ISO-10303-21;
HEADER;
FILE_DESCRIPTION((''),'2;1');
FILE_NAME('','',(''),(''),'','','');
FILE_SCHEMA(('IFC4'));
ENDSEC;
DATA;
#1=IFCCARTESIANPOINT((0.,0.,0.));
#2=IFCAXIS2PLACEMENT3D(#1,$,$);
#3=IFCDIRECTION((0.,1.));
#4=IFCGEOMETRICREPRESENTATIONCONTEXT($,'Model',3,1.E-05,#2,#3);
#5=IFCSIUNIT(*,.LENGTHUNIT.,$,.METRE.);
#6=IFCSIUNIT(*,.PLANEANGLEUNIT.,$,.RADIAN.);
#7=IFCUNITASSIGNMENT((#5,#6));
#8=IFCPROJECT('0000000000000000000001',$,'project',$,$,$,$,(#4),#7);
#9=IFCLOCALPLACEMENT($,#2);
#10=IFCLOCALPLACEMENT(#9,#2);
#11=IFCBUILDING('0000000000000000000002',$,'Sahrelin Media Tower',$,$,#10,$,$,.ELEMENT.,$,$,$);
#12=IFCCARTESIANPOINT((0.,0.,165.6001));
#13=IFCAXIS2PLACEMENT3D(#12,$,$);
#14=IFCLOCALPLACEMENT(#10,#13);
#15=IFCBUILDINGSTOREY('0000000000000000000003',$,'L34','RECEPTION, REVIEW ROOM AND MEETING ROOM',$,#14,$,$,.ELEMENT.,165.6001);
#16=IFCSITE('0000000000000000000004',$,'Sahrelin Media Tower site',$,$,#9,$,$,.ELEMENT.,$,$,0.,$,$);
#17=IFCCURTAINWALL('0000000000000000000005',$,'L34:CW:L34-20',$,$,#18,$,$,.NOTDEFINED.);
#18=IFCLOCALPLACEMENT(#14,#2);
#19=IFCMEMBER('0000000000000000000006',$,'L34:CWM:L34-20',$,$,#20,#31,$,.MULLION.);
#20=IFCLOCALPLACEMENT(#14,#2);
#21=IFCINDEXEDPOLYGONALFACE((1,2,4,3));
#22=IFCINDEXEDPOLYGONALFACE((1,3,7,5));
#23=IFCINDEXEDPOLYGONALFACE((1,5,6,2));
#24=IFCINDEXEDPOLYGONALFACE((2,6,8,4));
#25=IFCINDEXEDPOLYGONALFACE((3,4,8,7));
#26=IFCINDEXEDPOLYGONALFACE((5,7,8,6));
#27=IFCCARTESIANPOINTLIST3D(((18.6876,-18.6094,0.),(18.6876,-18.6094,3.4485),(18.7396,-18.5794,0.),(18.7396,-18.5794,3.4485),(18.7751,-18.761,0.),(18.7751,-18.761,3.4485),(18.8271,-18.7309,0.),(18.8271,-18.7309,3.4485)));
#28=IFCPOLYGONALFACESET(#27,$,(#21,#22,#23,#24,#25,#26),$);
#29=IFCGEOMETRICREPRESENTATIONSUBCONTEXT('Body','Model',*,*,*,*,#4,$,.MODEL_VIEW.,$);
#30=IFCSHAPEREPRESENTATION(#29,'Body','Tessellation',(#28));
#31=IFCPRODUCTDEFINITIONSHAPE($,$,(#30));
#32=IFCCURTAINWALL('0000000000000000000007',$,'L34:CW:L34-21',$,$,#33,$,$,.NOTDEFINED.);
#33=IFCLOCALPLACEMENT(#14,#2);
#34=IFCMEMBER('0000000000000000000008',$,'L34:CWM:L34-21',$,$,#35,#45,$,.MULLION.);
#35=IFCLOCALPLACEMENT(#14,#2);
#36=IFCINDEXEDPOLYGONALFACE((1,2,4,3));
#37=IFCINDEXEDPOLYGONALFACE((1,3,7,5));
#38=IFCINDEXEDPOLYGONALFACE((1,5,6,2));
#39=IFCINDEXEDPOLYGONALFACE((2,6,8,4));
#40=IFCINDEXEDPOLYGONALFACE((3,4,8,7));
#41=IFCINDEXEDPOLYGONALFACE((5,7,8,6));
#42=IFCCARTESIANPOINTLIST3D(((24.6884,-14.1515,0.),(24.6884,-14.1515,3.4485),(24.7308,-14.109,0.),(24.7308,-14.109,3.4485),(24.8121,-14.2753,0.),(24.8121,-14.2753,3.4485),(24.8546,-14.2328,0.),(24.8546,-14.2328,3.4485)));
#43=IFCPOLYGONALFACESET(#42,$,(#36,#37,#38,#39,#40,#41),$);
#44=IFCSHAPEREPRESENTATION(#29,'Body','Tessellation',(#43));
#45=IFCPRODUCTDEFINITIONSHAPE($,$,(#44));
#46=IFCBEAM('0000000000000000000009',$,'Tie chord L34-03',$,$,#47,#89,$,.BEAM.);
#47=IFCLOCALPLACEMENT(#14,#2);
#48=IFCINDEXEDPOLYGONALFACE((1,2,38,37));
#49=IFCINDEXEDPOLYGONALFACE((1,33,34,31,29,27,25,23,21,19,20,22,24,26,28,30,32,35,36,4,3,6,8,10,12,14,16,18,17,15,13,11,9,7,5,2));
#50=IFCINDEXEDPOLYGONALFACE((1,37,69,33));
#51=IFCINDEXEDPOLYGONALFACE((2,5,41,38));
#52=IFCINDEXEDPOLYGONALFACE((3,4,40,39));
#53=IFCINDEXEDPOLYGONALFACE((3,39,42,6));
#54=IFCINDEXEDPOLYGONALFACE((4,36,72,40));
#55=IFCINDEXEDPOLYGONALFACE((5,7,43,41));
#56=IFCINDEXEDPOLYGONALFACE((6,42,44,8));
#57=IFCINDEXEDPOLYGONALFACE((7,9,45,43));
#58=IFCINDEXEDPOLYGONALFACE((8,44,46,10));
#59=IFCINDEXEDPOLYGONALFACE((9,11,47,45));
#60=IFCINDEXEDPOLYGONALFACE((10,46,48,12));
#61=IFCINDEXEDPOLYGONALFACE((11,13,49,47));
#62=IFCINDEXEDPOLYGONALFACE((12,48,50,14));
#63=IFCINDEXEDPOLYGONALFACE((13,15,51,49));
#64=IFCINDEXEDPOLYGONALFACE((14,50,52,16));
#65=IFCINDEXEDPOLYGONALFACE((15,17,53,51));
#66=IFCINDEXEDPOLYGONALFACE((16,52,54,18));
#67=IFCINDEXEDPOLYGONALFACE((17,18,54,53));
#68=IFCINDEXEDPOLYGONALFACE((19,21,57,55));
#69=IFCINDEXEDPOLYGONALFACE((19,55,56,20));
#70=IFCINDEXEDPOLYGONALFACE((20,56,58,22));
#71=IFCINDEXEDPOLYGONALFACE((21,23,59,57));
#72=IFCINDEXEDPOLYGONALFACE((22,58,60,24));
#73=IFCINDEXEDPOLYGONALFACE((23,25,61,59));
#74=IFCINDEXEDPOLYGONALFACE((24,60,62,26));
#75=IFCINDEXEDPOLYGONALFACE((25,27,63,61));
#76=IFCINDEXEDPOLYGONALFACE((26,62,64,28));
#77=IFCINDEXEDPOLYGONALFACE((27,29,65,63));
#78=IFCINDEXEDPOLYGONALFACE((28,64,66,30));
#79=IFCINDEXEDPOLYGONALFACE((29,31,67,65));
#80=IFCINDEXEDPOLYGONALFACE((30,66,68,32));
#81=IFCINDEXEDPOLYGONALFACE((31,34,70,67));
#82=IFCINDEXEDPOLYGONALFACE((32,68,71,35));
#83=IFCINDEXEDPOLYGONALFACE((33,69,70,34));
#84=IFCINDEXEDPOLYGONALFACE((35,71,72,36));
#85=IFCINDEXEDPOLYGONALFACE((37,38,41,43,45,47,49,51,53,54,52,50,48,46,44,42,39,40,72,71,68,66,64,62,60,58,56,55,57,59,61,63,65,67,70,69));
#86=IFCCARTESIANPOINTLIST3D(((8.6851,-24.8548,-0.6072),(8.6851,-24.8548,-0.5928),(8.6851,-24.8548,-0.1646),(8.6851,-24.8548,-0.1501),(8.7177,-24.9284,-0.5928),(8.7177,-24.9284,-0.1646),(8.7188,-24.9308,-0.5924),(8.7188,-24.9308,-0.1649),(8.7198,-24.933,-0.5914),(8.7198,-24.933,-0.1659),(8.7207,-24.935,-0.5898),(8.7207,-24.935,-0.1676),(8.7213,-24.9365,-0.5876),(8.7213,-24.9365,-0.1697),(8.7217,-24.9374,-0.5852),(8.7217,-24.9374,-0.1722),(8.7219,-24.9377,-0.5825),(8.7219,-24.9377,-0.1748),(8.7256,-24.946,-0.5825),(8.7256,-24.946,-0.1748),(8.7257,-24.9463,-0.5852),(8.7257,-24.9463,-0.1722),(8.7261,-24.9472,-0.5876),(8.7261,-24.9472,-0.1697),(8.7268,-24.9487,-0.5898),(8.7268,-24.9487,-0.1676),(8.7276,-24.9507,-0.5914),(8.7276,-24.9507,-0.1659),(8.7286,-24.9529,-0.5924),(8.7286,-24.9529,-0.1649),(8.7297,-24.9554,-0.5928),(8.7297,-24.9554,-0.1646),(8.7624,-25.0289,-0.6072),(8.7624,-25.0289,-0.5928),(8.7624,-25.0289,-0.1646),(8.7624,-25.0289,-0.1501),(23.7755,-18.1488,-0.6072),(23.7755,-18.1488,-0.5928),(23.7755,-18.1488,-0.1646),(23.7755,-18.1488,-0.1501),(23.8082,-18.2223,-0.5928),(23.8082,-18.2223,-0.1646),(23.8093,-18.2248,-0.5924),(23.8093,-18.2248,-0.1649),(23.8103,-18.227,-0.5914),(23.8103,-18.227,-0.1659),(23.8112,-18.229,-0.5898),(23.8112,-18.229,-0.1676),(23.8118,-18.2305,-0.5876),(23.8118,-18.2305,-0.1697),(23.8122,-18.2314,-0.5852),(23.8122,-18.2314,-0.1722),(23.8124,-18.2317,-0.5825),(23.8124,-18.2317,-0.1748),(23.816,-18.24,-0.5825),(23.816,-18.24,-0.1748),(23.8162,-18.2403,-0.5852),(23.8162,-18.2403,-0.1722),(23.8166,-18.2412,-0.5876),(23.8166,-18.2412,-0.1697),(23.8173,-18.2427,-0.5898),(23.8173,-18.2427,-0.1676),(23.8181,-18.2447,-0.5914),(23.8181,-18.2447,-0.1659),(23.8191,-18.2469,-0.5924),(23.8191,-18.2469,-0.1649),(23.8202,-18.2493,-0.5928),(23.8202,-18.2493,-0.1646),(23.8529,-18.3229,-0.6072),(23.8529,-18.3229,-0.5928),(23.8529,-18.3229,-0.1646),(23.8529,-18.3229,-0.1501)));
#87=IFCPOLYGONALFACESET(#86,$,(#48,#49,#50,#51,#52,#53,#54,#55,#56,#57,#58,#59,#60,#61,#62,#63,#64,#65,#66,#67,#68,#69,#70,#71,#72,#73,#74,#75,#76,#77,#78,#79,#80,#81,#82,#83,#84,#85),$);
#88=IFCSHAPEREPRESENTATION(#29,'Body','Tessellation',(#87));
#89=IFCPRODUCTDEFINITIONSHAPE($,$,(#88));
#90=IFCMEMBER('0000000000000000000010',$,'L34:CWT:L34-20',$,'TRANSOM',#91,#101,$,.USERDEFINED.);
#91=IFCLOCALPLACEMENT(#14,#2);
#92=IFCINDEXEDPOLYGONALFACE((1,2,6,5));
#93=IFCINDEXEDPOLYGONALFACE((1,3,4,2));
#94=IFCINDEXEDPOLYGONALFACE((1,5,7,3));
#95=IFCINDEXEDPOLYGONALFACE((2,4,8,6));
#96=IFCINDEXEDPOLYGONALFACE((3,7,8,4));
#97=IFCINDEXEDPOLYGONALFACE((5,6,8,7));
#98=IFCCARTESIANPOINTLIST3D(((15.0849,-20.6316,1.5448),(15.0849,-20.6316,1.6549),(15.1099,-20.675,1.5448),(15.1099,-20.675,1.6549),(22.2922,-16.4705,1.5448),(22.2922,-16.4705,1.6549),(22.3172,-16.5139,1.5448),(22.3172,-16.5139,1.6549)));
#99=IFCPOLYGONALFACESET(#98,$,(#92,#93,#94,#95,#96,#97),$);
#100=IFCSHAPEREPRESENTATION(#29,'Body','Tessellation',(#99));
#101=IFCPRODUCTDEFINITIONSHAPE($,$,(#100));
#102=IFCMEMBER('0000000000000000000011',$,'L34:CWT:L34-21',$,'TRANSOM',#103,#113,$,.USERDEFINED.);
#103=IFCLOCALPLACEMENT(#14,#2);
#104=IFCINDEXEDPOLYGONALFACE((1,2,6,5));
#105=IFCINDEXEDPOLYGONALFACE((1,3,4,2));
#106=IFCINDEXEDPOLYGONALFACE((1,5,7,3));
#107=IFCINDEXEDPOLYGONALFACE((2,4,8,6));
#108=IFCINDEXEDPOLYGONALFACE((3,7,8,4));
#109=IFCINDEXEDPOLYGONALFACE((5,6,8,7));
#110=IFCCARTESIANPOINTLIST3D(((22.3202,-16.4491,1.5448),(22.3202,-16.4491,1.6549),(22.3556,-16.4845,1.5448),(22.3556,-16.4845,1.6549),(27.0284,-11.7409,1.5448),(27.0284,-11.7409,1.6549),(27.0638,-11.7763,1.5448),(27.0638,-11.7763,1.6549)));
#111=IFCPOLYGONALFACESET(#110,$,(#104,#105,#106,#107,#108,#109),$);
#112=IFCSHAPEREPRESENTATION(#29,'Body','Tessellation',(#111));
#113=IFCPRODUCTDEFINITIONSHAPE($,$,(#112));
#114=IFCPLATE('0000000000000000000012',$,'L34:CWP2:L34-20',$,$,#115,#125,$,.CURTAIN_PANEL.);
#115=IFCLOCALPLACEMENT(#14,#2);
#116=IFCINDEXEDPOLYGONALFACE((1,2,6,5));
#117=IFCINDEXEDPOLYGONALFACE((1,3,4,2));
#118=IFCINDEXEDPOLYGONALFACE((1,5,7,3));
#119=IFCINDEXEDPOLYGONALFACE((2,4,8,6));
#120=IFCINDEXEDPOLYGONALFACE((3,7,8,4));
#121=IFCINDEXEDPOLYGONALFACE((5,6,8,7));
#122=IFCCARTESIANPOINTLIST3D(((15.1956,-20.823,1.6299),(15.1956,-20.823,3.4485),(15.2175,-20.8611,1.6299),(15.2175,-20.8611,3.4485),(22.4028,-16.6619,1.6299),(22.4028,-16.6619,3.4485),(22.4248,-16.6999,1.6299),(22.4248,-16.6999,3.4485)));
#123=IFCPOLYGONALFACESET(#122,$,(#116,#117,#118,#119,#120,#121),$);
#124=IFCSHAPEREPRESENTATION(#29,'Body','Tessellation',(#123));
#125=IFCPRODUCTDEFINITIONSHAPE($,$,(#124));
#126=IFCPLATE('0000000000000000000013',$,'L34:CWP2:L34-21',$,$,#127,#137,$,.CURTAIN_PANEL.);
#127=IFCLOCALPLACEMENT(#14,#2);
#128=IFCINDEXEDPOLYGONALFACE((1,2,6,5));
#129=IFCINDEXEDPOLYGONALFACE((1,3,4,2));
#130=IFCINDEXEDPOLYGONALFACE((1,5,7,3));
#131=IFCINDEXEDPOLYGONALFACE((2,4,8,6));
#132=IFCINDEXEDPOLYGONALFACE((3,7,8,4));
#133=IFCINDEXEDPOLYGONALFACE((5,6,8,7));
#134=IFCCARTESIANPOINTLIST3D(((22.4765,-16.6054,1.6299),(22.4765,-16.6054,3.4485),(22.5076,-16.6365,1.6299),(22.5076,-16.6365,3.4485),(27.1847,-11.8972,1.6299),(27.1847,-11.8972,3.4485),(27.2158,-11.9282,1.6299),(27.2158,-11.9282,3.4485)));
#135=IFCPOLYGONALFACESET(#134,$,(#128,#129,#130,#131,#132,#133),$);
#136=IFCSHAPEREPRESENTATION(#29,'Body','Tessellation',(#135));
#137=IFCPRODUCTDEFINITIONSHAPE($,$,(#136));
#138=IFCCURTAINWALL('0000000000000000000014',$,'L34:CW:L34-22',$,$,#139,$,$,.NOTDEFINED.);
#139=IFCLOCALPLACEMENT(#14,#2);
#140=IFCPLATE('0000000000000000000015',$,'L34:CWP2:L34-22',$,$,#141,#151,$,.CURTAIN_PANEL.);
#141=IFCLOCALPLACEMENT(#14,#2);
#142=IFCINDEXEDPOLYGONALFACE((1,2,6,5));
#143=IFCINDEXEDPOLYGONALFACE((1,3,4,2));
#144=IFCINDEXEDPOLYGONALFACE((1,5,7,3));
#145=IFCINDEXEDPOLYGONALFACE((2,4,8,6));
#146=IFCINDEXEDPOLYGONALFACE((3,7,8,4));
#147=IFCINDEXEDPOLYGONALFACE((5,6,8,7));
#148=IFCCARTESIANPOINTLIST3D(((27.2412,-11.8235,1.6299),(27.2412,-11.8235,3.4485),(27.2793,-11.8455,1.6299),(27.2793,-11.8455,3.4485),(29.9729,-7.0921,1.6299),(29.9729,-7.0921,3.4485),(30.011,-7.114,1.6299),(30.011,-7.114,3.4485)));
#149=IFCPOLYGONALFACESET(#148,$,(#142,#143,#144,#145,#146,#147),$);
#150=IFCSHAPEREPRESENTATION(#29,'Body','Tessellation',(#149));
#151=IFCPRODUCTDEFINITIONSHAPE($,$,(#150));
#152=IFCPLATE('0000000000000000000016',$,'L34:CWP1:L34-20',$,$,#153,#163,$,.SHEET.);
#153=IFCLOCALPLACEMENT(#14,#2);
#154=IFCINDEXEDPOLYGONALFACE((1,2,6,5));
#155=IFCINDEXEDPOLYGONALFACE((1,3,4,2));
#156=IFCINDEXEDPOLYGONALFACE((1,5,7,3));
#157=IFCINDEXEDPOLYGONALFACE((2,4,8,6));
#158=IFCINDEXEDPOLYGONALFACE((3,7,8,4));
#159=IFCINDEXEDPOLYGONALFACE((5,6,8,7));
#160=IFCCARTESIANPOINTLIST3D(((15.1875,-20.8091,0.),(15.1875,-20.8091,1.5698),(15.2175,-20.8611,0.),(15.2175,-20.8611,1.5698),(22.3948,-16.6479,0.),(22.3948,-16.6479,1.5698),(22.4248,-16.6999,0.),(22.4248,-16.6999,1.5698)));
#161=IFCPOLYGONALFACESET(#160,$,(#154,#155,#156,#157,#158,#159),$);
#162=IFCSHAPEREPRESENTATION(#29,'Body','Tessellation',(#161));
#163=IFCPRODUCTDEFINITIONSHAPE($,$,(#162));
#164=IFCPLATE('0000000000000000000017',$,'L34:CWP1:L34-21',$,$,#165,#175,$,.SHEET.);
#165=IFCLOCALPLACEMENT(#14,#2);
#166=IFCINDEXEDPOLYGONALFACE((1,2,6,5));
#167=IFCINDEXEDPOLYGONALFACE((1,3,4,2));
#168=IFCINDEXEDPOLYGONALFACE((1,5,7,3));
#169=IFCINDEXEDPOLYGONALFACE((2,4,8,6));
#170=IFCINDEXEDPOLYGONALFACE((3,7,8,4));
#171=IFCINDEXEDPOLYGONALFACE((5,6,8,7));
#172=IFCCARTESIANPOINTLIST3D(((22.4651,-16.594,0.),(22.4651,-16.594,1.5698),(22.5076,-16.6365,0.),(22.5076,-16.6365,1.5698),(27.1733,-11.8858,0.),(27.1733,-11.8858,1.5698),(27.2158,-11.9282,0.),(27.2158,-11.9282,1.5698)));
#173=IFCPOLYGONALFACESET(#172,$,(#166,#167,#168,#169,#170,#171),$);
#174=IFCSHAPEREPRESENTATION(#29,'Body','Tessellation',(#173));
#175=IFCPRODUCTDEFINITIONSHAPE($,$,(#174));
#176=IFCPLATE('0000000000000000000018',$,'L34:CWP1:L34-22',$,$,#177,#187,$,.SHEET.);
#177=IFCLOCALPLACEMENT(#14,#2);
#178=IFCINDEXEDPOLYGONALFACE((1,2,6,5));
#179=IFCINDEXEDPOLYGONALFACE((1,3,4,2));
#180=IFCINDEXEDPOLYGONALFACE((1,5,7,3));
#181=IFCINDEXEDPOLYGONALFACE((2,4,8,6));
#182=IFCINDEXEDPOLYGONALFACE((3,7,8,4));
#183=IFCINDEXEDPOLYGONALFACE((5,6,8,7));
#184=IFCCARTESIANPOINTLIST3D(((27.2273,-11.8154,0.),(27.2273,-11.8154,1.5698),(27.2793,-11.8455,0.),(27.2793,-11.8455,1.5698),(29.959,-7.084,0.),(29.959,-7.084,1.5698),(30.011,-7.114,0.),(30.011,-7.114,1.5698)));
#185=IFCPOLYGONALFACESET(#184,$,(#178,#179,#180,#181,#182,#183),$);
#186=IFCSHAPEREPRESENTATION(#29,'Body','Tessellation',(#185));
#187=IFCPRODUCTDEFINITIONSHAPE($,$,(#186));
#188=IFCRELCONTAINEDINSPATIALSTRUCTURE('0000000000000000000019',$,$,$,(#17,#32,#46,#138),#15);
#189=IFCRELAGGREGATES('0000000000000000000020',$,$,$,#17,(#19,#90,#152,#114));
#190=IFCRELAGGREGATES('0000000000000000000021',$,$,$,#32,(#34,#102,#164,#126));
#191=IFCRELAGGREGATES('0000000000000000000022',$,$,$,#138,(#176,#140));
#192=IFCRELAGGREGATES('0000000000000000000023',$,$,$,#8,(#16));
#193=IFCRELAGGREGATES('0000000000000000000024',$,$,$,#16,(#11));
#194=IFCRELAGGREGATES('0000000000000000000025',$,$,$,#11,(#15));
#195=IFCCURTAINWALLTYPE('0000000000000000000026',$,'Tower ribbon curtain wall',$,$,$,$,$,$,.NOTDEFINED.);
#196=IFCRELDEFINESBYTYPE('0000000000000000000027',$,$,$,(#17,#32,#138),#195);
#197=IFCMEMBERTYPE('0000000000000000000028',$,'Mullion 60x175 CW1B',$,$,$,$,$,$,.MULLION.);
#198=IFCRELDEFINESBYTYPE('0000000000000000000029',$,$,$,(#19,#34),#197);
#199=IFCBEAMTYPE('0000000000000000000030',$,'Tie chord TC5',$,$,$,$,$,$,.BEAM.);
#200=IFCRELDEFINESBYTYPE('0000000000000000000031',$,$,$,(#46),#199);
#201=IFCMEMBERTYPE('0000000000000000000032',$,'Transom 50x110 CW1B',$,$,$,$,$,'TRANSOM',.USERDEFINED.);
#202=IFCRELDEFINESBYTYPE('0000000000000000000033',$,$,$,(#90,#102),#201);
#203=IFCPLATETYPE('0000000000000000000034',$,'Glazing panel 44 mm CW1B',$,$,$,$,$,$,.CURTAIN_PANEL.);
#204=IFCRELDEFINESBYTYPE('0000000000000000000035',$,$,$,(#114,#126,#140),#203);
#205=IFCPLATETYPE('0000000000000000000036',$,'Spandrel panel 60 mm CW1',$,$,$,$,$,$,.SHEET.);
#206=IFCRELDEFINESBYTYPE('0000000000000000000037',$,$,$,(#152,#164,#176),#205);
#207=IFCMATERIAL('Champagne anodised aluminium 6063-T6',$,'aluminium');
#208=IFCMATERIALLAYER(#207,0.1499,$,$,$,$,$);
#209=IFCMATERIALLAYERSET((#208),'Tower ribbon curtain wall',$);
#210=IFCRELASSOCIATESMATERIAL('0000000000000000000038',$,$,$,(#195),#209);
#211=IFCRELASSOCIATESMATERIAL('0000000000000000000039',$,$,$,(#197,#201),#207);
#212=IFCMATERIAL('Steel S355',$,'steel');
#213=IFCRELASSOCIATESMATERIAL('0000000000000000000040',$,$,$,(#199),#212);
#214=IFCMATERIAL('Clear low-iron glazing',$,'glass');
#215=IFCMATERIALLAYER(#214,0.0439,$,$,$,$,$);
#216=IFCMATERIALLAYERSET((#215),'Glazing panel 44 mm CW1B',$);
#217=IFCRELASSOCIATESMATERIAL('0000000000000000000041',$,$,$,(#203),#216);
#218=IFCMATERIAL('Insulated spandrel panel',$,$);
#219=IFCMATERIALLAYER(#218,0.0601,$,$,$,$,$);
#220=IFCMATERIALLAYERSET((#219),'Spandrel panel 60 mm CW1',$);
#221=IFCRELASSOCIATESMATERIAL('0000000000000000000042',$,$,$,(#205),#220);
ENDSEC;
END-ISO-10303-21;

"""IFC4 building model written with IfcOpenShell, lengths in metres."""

from ifc_helpers import new_model, si_unit, direction, frame, origin, origin_2d, place, context, subcontext, project, spatial, polyline, rectangle, i_section, outline, extrude, material, layer, layer_set, material_profile, profile_set, type_object, element, aggregate, save


model = new_model("IFC4")

# Units and contexts
model_context = context("Model", 3, precision=1e-05, world=origin(), true_north=direction((0.0, 1.0)))
body_context = subcontext(model_context, "Body", "Model", "MODEL_VIEW")
ifc_project = project(units=[si_unit("LENGTHUNIT", "METRE"), si_unit("PLANEANGLEUNIT", "RADIAN")], contexts=[model_context])

# Site, building, storey
site_placement = place(None, origin())
site = spatial("IfcSite", under=ifc_project, at=site_placement, Name="Sahrelin Media Tower site", CompositionType="ELEMENT", RefElevation=0.0)
building_placement = place(site_placement, origin())
building = spatial("IfcBuilding", under=site, at=building_placement, Name="Sahrelin Media Tower", CompositionType="ELEMENT")
storey_placement = place(building_placement, frame((0.0, 0.0, 165.6001)))
storey = spatial("IfcBuildingStorey", under=building, at=storey_placement, Name="L34", Description="RECEPTION, REVIEW ROOM AND MEETING ROOM", CompositionType="ELEMENT", Elevation=165.6001)

# Shared definitions
ifc_material_1 = material(Name="Steel S355", Category="steel")

# Curtain walls, members
ifc_material_2 = material(Name="Champagne anodised aluminium 6063-T6", Category="aluminium")
ifc_layer_1 = layer(ifc_material_2, 0.1499)
ifc_layer_set_1 = layer_set([ifc_layer_1], Name="Tower ribbon curtain wall")
curtain_wall_type = type_object("IfcCurtainWallType", Name="Tower ribbon curtain wall", PredefinedType="NOTDEFINED", material=ifc_layer_set_1)
curtain_wall_1_placement = place(storey_placement, frame((18.811, -18.7632, 0.0), z_axis=(0.0, 0.0, 1.0), x_axis=(1.0, 0.0, 0.0)))
curtain_wall_1 = element("IfcCurtainWall", 1, at=curtain_wall_1_placement, inside=storey, type_object=curtain_wall_type, Name="L34:CW:L34-20", PredefinedType="NOTDEFINED")
ifc_material_profile_1 = material_profile(ifc_material_2, rectangle(XDim=0.0601, YDim=0.175, at=origin_2d()), Name="Mullion 60x175")
ifc_profile_set_1 = profile_set([ifc_material_profile_1], Name="Champagne anodised aluminium 6063-T6")
member_type_1 = type_object("IfcMemberType", Name="Mullion 60x175 CW1B", PredefinedType="MULLION", material=ifc_profile_set_1)
member_1_placement = place(storey_placement, frame((18.7573, -18.6702, 0.0), z_axis=(0.0, 0.0, 1.0), x_axis=(0.866027, 0.499997, 0.0)))
member_1 = element("IfcMember", 2, at=member_1_placement, type_object=member_type_1, Name="L34:CWM:L34-20", PredefinedType="MULLION", context=body_context, shape_type="SweptSolid", body=[
    extrude(rectangle(XDim=0.0601, YDim=0.175, at=origin_2d()), origin(), (0.0, 0.0, 1.0), 3.4485),
])
curtain_wall_2_placement = place(storey_placement, frame((24.8477, -14.2683, 0.0), z_axis=(0.0, 0.0, 1.0), x_axis=(1.0, 0.0, 0.0)))
curtain_wall_2 = element("IfcCurtainWall", 3, at=curtain_wall_2_placement, inside=storey, type_object=curtain_wall_type, Name="L34:CW:L34-21", PredefinedType="NOTDEFINED")
member_2_placement = place(storey_placement, frame((24.7715, -14.1921, 0.0), z_axis=(0.0, 0.0, 1.0), x_axis=(0.707099, 0.707114, 0.0)))
member_2 = element("IfcMember", 4, at=member_2_placement, type_object=member_type_1, Name="L34:CWM:L34-21", PredefinedType="MULLION", context=body_context, shape_type="SweptSolid", body=[
    extrude(rectangle(XDim=0.0601, YDim=0.175, at=origin_2d()), origin(), (0.0, 0.0, 1.0), 3.4485),
])

# Beam
ifc_material_profile_2 = material_profile(ifc_material_1, i_section(OverallWidth=0.1904, OverallDepth=0.457, WebThickness=0.009, FlangeThickness=0.0144, FilletRadius=0.0103, at=origin_2d()), Name="UB 457x191x74")
ifc_profile_set_2 = profile_set([ifc_material_profile_2], Name="Steel S355")
beam_type_1 = type_object("IfcBeamType", Name="Tie chord TC5", PredefinedType="BEAM", material=ifc_profile_set_2)
beam_1_placement = place(storey_placement, frame((23.8142, -18.2358, -0.3787), z_axis=(-0.913831, -0.406095, 0.0), x_axis=(0.406095, -0.913831, 0.0)))
element("IfcBeam", 5, at=beam_1_placement, inside=storey, type_object=beam_type_1, Name="Tie chord L34-03", PredefinedType="BEAM", context=body_context, shape_type="SweptSolid", body=[
    extrude(i_section(OverallWidth=0.1904, OverallDepth=0.457, WebThickness=0.009, FlangeThickness=0.0144, FilletRadius=0.0103, at=origin_2d()), origin(), (0.0, 0.0, 1.0), 16.5134),
])

# Members
ifc_material_profile_3 = material_profile(ifc_material_2, rectangle(XDim=0.05, YDim=0.1101, at=origin_2d()), Name="Transom 50x110")
ifc_profile_set_3 = profile_set([ifc_material_profile_3], Name="Champagne anodised aluminium 6063-T6")
member_type_2 = type_object("IfcMemberType", Name="Transom 50x110 CW1B", ElementType="TRANSOM", PredefinedType="USERDEFINED", material=ifc_profile_set_3)
member_3_placement = place(storey_placement, frame((15.0974, -20.6533, 1.5999), z_axis=(0.866025, 0.500001, 0.0), x_axis=(-0.500001, 0.866025, 0.0)))
member_3 = element("IfcMember", 6, at=member_3_placement, type_object=member_type_2, Name="L34:CWT:L34-20", ObjectType="TRANSOM", PredefinedType="USERDEFINED", context=body_context, shape_type="SweptSolid", body=[
    extrude(rectangle(XDim=0.05, YDim=0.1101, at=origin_2d()), origin(), (0.0, 0.0, 1.0), 8.3223),
])
member_4_placement = place(storey_placement, frame((22.3379, -16.4668, 1.5999), z_axis=(0.707107, 0.707107, 0.0), x_axis=(-0.707107, 0.707107, 0.0)))
member_4 = element("IfcMember", 7, at=member_4_placement, type_object=member_type_2, Name="L34:CWT:L34-21", ObjectType="TRANSOM", PredefinedType="USERDEFINED", context=body_context, shape_type="SweptSolid", body=[
    extrude(rectangle(XDim=0.05, YDim=0.1101, at=origin_2d()), origin(), (0.0, 0.0, 1.0), 6.6584),
])

# Plates
ifc_material_3 = material(Name="Clear low-iron glazing", Category="glass")
ifc_layer_2 = layer(ifc_material_3, 0.0439)
ifc_layer_set_2 = layer_set([ifc_layer_2], Name="Glazing panel 44 mm CW1B")
plate_type_1 = type_object("IfcPlateType", Name="Glazing panel 44 mm CW1B", PredefinedType="CURTAIN_PANEL", material=ifc_layer_set_2)
plate_1_placement = place(storey_placement, frame((15.2175, -20.8611, 1.6299), z_axis=(0.500001, -0.866025, 0.0), x_axis=(0.866025, 0.500001, 0.0)))
plate_1 = element("IfcPlate", 8, at=plate_1_placement, type_object=plate_type_1, Name="L34:CWP2:L34-20", PredefinedType="CURTAIN_PANEL", context=body_context, shape_type="SweptSolid", body=[
    extrude(outline(polyline([(0.0, 0.0), (8.3223, 0.0), (8.3223, 1.8186), (0.0, 1.8186), (0.0, 0.0)])), origin(), (0.0, 0.0, -1.0), 0.0439),
])
plate_2_placement = place(storey_placement, frame((22.5076, -16.6365, 1.6299), z_axis=(0.707107, -0.707107, 0.0), x_axis=(0.707107, 0.707107, 0.0)))
plate_2 = element("IfcPlate", 9, at=plate_2_placement, type_object=plate_type_1, Name="L34:CWP2:L34-21", PredefinedType="CURTAIN_PANEL", context=body_context, shape_type="SweptSolid", body=[
    extrude(outline(polyline([(0.0, 0.0), (6.6584, 0.0), (6.6584, 1.8186), (0.0, 1.8186), (0.0, 0.0)])), origin(), (0.0, 0.0, -1.0), 0.0439),
])

# Curtain wall, plate
curtain_wall_3_placement = place(storey_placement, frame((28.6277, -9.4697, 0.0), z_axis=(0.0, 0.0, 1.0), x_axis=(1.0, 0.0, 0.0)))
curtain_wall_3 = element("IfcCurtainWall", 10, at=curtain_wall_3_placement, inside=storey, type_object=curtain_wall_type, Name="L34:CW:L34-22", PredefinedType="NOTDEFINED")
plate_3_placement = place(storey_placement, frame((27.2793, -11.8455, 1.6299), z_axis=(0.866026, -0.499998, 0.0), x_axis=(0.499998, 0.866026, 0.0)))
plate_3 = element("IfcPlate", 11, at=plate_3_placement, type_object=plate_type_1, Name="L34:CWP2:L34-22", PredefinedType="CURTAIN_PANEL", context=body_context, shape_type="SweptSolid", body=[
    extrude(outline(polyline([(0.0, 0.0), (5.4634, 0.0), (5.4634, 1.8186), (0.0, 1.8186), (0.0, 0.0)])), origin(), (0.0, 0.0, -1.0), 0.0439),
])

# Plates
ifc_material_4 = material(Name="Insulated spandrel panel")
ifc_layer_3 = layer(ifc_material_4, 0.0601)
ifc_layer_set_3 = layer_set([ifc_layer_3], Name="Spandrel panel 60 mm CW1")
plate_type_2 = type_object("IfcPlateType", Name="Spandrel panel 60 mm CW1", PredefinedType="SHEET", material=ifc_layer_set_3)
plate_4_placement = place(storey_placement, frame((15.2175, -20.8611, 0.0), z_axis=(0.500001, -0.866025, 0.0), x_axis=(0.866025, 0.500001, 0.0)))
plate_4 = element("IfcPlate", 12, at=plate_4_placement, type_object=plate_type_2, Name="L34:CWP1:L34-20", PredefinedType="SHEET", context=body_context, shape_type="SweptSolid", body=[
    extrude(outline(polyline([(0.0, 0.0), (8.3223, 0.0), (8.3223, 1.5698), (0.0, 1.5698), (0.0, 0.0)])), origin(), (0.0, 0.0, -1.0), 0.0601),
])
aggregate(curtain_wall_1, [member_1, member_3, plate_4, plate_1])
plate_5_placement = place(storey_placement, frame((22.5076, -16.6365, 0.0), z_axis=(0.707107, -0.707107, 0.0), x_axis=(0.707107, 0.707107, 0.0)))
plate_5 = element("IfcPlate", 13, at=plate_5_placement, type_object=plate_type_2, Name="L34:CWP1:L34-21", PredefinedType="SHEET", context=body_context, shape_type="SweptSolid", body=[
    extrude(outline(polyline([(0.0, 0.0), (6.6584, 0.0), (6.6584, 1.5698), (0.0, 1.5698), (0.0, 0.0)])), origin(), (0.0, 0.0, -1.0), 0.0601),
])
aggregate(curtain_wall_2, [member_2, member_4, plate_5, plate_2])
plate_6_placement = place(storey_placement, frame((27.2793, -11.8455, 0.0), z_axis=(0.866026, -0.499998, 0.0), x_axis=(0.499998, 0.866026, 0.0)))
plate_6 = element("IfcPlate", 14, at=plate_6_placement, type_object=plate_type_2, Name="L34:CWP1:L34-22", PredefinedType="SHEET", context=body_context, shape_type="SweptSolid", body=[
    extrude(outline(polyline([(0.0, 0.0), (5.4634, 0.0), (5.4634, 1.5698), (0.0, 1.5698), (0.0, 0.0)])), origin(), (0.0, 0.0, -1.0), 0.0601),
])
aggregate(curtain_wall_3, [plate_6, plate_3])

save(model, "model.ifc")
